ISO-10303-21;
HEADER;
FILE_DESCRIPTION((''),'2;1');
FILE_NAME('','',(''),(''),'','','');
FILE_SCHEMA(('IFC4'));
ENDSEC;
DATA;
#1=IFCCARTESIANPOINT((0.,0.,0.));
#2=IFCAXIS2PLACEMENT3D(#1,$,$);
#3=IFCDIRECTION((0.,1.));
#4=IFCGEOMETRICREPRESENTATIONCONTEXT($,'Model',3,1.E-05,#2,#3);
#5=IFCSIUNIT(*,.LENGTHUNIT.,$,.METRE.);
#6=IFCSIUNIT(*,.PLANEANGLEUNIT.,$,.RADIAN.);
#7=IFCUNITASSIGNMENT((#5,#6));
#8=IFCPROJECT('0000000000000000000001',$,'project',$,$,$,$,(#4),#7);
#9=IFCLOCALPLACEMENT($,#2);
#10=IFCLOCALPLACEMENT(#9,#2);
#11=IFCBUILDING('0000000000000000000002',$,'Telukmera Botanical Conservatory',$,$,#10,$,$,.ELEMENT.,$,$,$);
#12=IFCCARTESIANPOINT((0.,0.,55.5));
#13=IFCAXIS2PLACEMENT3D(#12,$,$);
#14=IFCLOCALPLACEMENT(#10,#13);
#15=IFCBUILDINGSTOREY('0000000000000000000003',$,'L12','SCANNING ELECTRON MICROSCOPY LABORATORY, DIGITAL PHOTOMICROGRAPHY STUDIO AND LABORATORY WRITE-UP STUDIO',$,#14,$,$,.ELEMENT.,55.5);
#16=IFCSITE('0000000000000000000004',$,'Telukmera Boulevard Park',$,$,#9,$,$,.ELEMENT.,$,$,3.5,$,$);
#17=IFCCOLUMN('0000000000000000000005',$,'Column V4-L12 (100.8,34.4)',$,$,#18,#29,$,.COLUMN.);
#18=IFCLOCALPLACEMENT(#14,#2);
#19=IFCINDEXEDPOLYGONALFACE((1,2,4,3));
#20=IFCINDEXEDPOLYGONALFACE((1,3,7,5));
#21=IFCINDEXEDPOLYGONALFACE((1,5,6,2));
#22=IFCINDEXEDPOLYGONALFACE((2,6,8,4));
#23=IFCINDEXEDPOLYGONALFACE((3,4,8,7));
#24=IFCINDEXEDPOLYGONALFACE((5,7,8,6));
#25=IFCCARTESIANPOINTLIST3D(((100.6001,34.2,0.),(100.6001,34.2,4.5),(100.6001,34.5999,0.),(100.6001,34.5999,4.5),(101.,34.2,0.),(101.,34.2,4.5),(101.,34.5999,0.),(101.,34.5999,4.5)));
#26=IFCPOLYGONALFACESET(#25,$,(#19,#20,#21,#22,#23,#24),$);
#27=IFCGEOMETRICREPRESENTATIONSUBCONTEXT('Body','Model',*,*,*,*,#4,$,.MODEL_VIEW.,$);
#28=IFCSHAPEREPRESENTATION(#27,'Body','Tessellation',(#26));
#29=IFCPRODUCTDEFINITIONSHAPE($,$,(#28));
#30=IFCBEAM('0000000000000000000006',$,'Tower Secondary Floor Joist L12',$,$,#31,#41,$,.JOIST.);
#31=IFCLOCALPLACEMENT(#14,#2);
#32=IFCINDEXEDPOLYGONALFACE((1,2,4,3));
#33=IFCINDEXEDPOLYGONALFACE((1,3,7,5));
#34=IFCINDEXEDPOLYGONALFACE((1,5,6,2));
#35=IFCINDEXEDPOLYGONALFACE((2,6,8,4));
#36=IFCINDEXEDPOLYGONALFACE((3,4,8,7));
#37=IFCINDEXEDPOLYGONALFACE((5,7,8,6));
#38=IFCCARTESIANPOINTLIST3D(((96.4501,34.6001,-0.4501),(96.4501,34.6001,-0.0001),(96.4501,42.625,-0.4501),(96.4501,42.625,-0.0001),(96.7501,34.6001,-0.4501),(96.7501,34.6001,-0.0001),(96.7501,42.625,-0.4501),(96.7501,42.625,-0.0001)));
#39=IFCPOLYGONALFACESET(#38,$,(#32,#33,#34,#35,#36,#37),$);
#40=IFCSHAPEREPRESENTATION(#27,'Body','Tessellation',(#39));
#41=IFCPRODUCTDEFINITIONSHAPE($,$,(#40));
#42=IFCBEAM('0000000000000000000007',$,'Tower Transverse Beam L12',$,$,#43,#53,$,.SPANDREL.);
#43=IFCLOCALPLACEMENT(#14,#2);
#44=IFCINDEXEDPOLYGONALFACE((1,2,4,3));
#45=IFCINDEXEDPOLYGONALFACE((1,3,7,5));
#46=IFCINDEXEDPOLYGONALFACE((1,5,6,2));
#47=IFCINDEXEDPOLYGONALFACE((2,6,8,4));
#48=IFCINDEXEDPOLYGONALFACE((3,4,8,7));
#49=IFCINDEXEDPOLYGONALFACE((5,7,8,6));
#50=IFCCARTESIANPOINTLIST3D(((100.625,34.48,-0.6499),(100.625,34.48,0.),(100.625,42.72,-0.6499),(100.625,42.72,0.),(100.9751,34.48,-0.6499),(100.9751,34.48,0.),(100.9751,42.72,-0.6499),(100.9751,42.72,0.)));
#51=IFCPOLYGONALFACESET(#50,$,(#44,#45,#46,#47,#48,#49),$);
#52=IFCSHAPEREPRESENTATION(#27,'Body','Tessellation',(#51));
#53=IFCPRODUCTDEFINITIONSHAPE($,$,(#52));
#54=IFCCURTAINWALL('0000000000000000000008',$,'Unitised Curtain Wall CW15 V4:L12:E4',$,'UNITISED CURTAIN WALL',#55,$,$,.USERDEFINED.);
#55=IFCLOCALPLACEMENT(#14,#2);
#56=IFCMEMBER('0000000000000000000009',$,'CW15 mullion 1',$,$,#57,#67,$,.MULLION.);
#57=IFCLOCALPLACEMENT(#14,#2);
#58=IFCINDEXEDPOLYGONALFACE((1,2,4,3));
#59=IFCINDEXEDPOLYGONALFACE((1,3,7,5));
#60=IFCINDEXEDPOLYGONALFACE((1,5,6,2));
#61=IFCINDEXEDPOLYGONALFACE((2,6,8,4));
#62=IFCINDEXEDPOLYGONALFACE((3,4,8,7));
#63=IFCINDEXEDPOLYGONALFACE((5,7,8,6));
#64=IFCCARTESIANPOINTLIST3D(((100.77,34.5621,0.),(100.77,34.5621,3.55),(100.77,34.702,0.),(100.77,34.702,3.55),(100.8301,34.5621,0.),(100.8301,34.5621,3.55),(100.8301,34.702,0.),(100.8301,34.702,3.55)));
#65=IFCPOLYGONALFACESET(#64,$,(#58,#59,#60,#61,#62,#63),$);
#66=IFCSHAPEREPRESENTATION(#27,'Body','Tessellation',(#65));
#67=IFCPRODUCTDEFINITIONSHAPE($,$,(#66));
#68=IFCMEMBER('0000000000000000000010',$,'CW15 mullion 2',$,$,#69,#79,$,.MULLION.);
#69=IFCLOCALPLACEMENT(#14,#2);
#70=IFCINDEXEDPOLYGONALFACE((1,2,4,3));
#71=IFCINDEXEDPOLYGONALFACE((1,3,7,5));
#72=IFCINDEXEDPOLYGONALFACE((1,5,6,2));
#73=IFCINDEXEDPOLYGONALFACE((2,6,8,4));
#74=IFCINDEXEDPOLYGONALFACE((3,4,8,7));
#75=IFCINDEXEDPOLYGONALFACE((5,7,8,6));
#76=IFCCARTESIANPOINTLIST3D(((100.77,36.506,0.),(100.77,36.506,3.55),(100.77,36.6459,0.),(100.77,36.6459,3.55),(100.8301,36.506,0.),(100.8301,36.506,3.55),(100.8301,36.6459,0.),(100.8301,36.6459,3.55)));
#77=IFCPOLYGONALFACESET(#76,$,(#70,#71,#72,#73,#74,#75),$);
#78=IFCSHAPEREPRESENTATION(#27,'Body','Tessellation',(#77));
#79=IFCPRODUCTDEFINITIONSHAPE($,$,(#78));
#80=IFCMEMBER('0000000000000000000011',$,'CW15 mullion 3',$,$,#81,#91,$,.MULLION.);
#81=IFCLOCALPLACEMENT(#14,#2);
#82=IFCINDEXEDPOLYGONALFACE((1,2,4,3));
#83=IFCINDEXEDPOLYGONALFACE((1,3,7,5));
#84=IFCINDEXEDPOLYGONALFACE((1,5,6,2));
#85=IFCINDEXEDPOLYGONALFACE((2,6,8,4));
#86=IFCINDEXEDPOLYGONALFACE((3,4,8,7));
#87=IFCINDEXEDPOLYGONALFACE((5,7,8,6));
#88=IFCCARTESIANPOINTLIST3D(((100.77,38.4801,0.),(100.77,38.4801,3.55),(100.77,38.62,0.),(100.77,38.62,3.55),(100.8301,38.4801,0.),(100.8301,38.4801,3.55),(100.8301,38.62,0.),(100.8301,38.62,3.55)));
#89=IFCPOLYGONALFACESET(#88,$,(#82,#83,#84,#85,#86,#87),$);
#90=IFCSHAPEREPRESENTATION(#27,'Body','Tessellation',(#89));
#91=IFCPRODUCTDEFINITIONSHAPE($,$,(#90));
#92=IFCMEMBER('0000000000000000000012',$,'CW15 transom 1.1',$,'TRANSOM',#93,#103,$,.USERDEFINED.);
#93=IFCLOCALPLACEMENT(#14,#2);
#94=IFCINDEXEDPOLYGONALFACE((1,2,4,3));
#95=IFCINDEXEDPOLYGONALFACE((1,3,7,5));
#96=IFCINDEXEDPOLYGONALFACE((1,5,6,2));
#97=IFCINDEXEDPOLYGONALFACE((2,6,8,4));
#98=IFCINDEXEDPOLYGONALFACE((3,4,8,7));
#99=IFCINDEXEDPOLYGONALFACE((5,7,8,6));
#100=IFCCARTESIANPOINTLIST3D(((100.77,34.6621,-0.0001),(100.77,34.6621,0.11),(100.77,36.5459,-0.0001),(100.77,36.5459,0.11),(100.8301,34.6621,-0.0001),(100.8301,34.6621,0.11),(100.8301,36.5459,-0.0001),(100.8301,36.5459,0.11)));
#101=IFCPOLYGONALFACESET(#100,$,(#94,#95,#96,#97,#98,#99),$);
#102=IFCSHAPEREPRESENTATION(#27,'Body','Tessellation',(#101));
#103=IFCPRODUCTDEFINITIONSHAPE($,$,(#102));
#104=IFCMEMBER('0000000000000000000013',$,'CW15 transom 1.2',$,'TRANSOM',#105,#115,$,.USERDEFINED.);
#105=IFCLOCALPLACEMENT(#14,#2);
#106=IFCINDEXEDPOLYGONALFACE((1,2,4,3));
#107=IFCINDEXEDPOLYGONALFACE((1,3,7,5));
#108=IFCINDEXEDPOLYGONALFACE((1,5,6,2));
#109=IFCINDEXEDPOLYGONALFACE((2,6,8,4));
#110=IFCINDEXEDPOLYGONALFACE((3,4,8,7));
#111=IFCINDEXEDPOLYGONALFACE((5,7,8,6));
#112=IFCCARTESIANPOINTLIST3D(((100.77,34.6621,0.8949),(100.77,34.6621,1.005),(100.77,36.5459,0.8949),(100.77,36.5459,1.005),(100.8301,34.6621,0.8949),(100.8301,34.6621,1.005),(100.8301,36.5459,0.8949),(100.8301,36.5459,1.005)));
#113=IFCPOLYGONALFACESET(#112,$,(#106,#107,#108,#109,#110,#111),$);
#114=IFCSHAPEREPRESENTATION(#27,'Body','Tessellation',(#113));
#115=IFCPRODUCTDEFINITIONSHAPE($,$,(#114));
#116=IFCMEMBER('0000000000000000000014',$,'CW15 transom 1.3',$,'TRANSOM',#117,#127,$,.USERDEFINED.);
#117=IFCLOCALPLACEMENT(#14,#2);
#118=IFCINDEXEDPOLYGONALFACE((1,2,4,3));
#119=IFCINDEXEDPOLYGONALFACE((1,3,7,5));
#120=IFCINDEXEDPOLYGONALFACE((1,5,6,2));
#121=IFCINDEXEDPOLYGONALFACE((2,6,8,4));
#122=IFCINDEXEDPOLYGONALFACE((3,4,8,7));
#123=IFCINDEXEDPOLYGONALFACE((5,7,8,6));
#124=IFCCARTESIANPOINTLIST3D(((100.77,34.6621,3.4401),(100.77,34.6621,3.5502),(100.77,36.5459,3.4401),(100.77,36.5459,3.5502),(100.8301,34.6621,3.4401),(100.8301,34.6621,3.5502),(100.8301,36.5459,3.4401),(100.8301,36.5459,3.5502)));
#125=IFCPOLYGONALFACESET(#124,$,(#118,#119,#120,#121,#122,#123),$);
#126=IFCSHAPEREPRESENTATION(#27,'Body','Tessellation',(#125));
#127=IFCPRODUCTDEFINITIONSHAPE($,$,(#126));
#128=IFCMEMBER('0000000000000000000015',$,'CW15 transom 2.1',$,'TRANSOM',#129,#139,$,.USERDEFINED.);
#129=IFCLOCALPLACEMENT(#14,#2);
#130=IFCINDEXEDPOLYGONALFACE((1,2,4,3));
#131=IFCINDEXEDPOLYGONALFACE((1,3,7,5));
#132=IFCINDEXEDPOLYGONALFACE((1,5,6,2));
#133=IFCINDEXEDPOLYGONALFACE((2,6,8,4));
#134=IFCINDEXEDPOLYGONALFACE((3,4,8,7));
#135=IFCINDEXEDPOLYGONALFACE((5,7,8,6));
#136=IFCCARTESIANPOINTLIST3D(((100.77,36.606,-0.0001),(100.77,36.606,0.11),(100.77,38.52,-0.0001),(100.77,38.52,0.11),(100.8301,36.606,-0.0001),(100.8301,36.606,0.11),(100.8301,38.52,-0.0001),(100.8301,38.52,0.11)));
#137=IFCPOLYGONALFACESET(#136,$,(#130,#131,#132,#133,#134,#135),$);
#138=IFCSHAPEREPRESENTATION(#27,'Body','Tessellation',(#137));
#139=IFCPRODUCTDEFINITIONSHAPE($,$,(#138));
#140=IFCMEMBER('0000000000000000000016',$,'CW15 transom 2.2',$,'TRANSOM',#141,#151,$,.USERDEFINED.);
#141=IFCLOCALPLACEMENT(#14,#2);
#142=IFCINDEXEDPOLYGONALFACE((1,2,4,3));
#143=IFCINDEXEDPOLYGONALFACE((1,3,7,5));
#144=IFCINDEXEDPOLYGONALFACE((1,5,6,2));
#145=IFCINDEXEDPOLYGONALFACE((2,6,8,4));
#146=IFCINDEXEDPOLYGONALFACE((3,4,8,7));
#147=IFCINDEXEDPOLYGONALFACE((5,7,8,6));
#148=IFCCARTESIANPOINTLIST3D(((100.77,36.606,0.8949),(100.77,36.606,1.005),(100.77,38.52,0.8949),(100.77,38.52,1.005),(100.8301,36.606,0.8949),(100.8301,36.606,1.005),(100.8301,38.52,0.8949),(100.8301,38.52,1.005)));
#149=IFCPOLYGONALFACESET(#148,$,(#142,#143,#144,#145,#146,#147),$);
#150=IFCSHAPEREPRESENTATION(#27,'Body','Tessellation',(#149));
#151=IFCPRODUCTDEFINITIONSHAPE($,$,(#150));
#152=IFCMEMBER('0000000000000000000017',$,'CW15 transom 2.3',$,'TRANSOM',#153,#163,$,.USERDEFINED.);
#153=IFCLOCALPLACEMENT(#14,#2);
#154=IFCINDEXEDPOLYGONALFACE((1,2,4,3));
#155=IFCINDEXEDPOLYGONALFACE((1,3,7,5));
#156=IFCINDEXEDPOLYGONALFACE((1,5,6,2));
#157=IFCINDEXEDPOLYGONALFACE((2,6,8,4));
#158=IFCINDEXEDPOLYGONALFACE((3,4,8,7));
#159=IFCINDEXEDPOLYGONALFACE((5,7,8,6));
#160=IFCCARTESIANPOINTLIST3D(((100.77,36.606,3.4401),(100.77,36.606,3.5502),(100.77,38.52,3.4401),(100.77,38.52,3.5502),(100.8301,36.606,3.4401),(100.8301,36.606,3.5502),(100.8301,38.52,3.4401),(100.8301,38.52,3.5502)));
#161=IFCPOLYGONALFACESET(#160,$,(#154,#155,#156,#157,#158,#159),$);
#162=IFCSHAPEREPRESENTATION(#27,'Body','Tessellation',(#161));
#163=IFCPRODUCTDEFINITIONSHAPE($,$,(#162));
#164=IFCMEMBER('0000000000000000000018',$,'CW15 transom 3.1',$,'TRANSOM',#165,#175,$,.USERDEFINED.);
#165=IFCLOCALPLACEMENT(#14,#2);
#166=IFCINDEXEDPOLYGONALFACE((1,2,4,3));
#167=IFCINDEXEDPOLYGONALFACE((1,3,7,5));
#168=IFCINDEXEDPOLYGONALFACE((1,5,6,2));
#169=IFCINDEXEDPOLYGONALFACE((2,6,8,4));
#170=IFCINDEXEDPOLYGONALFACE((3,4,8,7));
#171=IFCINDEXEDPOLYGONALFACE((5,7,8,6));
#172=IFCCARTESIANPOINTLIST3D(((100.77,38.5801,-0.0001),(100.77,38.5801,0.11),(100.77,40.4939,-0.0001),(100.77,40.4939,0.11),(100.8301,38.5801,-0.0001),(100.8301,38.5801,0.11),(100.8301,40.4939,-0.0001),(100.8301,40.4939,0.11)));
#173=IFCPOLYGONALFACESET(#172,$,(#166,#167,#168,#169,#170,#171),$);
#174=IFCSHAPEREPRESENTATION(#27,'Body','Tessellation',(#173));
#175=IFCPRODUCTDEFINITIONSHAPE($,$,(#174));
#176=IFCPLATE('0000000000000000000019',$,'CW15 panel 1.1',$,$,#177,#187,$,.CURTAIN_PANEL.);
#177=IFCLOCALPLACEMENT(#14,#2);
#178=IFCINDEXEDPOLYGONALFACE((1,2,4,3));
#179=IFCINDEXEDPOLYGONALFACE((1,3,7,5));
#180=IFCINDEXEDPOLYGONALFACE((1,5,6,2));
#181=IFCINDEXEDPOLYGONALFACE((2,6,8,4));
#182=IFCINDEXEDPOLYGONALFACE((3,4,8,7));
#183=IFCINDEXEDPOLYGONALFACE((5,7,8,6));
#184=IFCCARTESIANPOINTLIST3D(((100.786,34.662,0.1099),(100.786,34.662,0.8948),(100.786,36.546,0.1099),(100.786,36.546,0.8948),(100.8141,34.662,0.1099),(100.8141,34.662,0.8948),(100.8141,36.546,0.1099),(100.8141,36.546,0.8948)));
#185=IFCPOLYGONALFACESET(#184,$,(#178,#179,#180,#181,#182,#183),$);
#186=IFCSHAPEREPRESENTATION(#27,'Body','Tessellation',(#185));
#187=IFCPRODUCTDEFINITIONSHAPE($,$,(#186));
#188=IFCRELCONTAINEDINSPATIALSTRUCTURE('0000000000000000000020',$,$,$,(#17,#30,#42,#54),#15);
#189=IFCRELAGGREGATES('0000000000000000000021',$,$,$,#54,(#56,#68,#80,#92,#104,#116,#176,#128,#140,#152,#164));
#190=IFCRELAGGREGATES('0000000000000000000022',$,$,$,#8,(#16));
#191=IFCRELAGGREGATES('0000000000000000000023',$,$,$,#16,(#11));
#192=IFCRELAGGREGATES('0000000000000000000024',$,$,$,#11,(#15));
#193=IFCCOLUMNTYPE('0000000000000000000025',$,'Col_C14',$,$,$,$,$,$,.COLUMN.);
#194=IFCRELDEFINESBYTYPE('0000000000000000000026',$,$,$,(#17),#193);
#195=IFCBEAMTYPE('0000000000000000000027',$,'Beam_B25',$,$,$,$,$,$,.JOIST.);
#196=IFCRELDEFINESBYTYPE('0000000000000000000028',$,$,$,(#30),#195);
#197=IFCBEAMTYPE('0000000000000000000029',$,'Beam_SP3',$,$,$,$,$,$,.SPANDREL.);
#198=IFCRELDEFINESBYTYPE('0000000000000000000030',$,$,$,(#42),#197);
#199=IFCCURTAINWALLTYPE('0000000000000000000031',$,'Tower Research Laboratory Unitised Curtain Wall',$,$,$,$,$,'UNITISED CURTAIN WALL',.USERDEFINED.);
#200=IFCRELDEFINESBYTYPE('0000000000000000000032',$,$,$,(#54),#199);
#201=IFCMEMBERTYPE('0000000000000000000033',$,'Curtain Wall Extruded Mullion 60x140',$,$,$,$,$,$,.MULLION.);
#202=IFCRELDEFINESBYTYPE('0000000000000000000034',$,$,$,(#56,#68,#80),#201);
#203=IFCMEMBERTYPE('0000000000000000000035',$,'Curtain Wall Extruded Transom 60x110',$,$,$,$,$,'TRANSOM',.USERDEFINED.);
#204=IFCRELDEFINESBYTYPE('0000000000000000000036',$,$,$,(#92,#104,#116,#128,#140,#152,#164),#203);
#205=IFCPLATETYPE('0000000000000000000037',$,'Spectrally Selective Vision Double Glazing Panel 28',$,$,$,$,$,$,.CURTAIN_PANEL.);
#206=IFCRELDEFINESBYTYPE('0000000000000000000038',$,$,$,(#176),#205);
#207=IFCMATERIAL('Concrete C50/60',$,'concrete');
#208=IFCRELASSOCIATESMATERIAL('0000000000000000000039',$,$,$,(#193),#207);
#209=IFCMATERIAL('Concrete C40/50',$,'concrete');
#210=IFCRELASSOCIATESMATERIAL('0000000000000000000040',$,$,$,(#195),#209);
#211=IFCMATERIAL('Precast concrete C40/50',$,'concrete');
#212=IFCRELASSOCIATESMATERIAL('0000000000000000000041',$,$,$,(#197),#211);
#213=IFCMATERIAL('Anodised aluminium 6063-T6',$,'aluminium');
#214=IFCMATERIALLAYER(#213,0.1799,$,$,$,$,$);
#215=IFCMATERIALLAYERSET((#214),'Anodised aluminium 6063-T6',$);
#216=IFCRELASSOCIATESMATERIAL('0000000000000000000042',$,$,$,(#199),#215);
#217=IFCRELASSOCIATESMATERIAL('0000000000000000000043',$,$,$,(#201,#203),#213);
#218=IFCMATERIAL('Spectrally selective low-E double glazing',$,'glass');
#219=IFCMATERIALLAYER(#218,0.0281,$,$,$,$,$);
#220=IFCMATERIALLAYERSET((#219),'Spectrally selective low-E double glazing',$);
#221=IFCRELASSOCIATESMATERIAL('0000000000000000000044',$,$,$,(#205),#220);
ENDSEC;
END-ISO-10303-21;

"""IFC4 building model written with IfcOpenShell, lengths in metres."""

from ifc_helpers import new_model, si_unit, direction, frame, origin, origin_2d, place, context, subcontext, project, spatial, rectangle, extrude, material, layer, layer_set, material_profile, profile_set, type_object, element, aggregate, save


model = new_model("IFC4")

# Units and contexts
model_context = context("Model", 3, precision=1e-05, world=origin(), true_north=direction((0.0, 1.0)))
body_context = subcontext(model_context, "Body", "Model", "MODEL_VIEW")
ifc_project = project(units=[si_unit("LENGTHUNIT", "METRE"), si_unit("PLANEANGLEUNIT", "RADIAN")], contexts=[model_context])

# Site, building, storey
site_placement = place(None, origin())
site = spatial("IfcSite", under=ifc_project, at=site_placement, Name="Telukmera Boulevard Park", CompositionType="ELEMENT", RefElevation=3.5)
building_placement = place(site_placement, origin())
building = spatial("IfcBuilding", under=site, at=building_placement, Name="Telukmera Botanical Conservatory", CompositionType="ELEMENT")
storey_placement = place(building_placement, frame((0.0, 0.0, 55.5)))
storey = spatial("IfcBuildingStorey", under=building, at=storey_placement, Name="L12", Description="SCANNING ELECTRON MICROSCOPY LABORATORY, DIGITAL PHOTOMICROGRAPHY STUDIO AND LABORATORY WRITE-UP STUDIO", CompositionType="ELEMENT", Elevation=55.5)

# Column
ifc_material_1 = material(Name="Concrete C50/60", Category="concrete")
ifc_material_profile_1 = material_profile(ifc_material_1, rectangle(XDim=0.3999, YDim=0.3999, at=origin_2d()), Name="RC 400x400")
ifc_profile_set_1 = profile_set([ifc_material_profile_1], Name="Concrete C50/60")
column_type = type_object("IfcColumnType", Name="Col_C14", PredefinedType="COLUMN", material=ifc_profile_set_1)
column_placement = place(storey_placement, frame((100.8, 34.3999, 0.0), z_axis=(0.0, 0.0, 1.0), x_axis=(1.0, 0.0, 0.0)))
element("IfcColumn", 1, at=column_placement, inside=storey, type_object=column_type, Name="Column V4-L12 (100.8,34.4)", PredefinedType="COLUMN", context=body_context, shape_type="SweptSolid", body=[
    extrude(rectangle(XDim=0.3999, YDim=0.3999, at=origin_2d()), origin(), (0.0, 0.0, 1.0), 4.5),
])

# Beams
ifc_material_2 = material(Name="Concrete C40/50", Category="concrete")
ifc_material_profile_2 = material_profile(ifc_material_2, rectangle(XDim=0.3, YDim=0.45, at=origin_2d()), Name="RC 300x450")
ifc_profile_set_2 = profile_set([ifc_material_profile_2], Name="Concrete C40/50")
beam_type_1 = type_object("IfcBeamType", Name="Beam_B25", PredefinedType="JOIST", material=ifc_profile_set_2)
beam_1_placement = place(storey_placement, frame((96.6001, 34.6001, -0.2251), z_axis=(0.0, 1.0, 0.0), x_axis=(-1.0, 0.0, 0.0)))
element("IfcBeam", 2, at=beam_1_placement, inside=storey, type_object=beam_type_1, Name="Tower Secondary Floor Joist L12", PredefinedType="JOIST", context=body_context, shape_type="SweptSolid", body=[
    extrude(rectangle(XDim=0.3, YDim=0.45, at=origin_2d()), origin(), (0.0, 0.0, 1.0), 8.0249),
])
ifc_material_3 = material(Name="Precast concrete C40/50", Category="concrete")
ifc_material_profile_3 = material_profile(ifc_material_3, rectangle(XDim=0.3501, YDim=0.6499, at=origin_2d()), Name="PC 350x650")
ifc_profile_set_3 = profile_set([ifc_material_profile_3], Name="Precast concrete C40/50")
beam_type_2 = type_object("IfcBeamType", Name="Beam_SP3", PredefinedType="SPANDREL", material=ifc_profile_set_3)
beam_2_placement = place(storey_placement, frame((100.8, 34.48, -0.325), z_axis=(0.0, 1.0, 0.0), x_axis=(-1.0, 0.0, 0.0)))
element("IfcBeam", 3, at=beam_2_placement, inside=storey, type_object=beam_type_2, Name="Tower Transverse Beam L12", PredefinedType="SPANDREL", context=body_context, shape_type="SweptSolid", body=[
    extrude(rectangle(XDim=0.3501, YDim=0.6499, at=origin_2d()), origin(), (0.0, 0.0, 1.0), 8.24),
])

# Curtain wall, members, plate
ifc_material_4 = material(Name="Anodised aluminium 6063-T6", Category="aluminium")
ifc_layer_1 = layer(ifc_material_4, 0.1799)
ifc_layer_set_1 = layer_set([ifc_layer_1], Name="Anodised aluminium 6063-T6")
curtain_wall_type = type_object("IfcCurtainWallType", Name="Tower Research Laboratory Unitised Curtain Wall", ElementType="UNITISED CURTAIN WALL", PredefinedType="USERDEFINED", material=ifc_layer_set_1)
curtain_wall_placement = place(storey_placement, origin())
curtain_wall = element("IfcCurtainWall", 4, at=curtain_wall_placement, inside=storey, type_object=curtain_wall_type, Name="Unitised Curtain Wall CW15 V4:L12:E4", ObjectType="UNITISED CURTAIN WALL", PredefinedType="USERDEFINED")
ifc_material_profile_4 = material_profile(ifc_material_4, rectangle(XDim=0.0601, YDim=0.1399, at=origin_2d()), Name="ALU MULL 60x140")
ifc_profile_set_4 = profile_set([ifc_material_profile_4], Name="Anodised aluminium 6063-T6")
member_type_1 = type_object("IfcMemberType", Name="Curtain Wall Extruded Mullion 60x140", PredefinedType="MULLION", material=ifc_profile_set_4)
member_1_placement = place(storey_placement, frame((100.8, 34.6321, 0.0), z_axis=(0.0, 0.0, 1.0), x_axis=(-1.0, 0.0, 0.0)))
member_1 = element("IfcMember", 5, at=member_1_placement, type_object=member_type_1, Name="CW15 mullion 1", PredefinedType="MULLION", context=body_context, shape_type="SweptSolid", body=[
    extrude(rectangle(XDim=0.0601, YDim=0.1399, at=origin_2d()), origin(), (0.0, 0.0, 1.0), 3.55),
])
member_2_placement = place(storey_placement, frame((100.8, 36.5759, 0.0), z_axis=(0.0, 0.0, 1.0), x_axis=(-1.0, 0.0, 0.0)))
member_2 = element("IfcMember", 6, at=member_2_placement, type_object=member_type_1, Name="CW15 mullion 2", PredefinedType="MULLION", context=body_context, shape_type="SweptSolid", body=[
    extrude(rectangle(XDim=0.0601, YDim=0.1399, at=origin_2d()), origin(), (0.0, 0.0, 1.0), 3.55),
])
member_3_placement = place(storey_placement, frame((100.8, 38.55, 0.0), z_axis=(0.0, 0.0, 1.0), x_axis=(-1.0, 0.0, 0.0)))
member_3 = element("IfcMember", 7, at=member_3_placement, type_object=member_type_1, Name="CW15 mullion 3", PredefinedType="MULLION", context=body_context, shape_type="SweptSolid", body=[
    extrude(rectangle(XDim=0.0601, YDim=0.1399, at=origin_2d()), origin(), (0.0, 0.0, 1.0), 3.55),
])
ifc_material_profile_5 = material_profile(ifc_material_4, rectangle(XDim=0.0601, YDim=0.1101, at=origin_2d()), Name="ALU TRAN 60x110")
ifc_profile_set_5 = profile_set([ifc_material_profile_5], Name="Anodised aluminium 6063-T6")
member_type_2 = type_object("IfcMemberType", Name="Curtain Wall Extruded Transom 60x110", ElementType="TRANSOM", PredefinedType="USERDEFINED", material=ifc_profile_set_5)
member_4_placement = place(storey_placement, frame((100.8, 34.6621, 0.0549), z_axis=(0.0, 1.0, 0.0), x_axis=(-1.0, 0.0, 0.0)))
member_4 = element("IfcMember", 8, at=member_4_placement, type_object=member_type_2, Name="CW15 transom 1.1", ObjectType="TRANSOM", PredefinedType="USERDEFINED", context=body_context, shape_type="SweptSolid", body=[
    extrude(rectangle(XDim=0.0601, YDim=0.1101, at=origin_2d()), origin(), (0.0, 0.0, 1.0), 1.8838),
])
member_5_placement = place(storey_placement, frame((100.8, 34.6621, 0.95), z_axis=(0.0, 1.0, 0.0), x_axis=(-1.0, 0.0, 0.0)))
member_5 = element("IfcMember", 9, at=member_5_placement, type_object=member_type_2, Name="CW15 transom 1.2", ObjectType="TRANSOM", PredefinedType="USERDEFINED", context=body_context, shape_type="SweptSolid", body=[
    extrude(rectangle(XDim=0.0601, YDim=0.1101, at=origin_2d()), origin(), (0.0, 0.0, 1.0), 1.8838),
])
member_6_placement = place(storey_placement, frame((100.8, 34.6621, 3.4951), z_axis=(0.0, 1.0, 0.0), x_axis=(-1.0, 0.0, 0.0)))
member_6 = element("IfcMember", 10, at=member_6_placement, type_object=member_type_2, Name="CW15 transom 1.3", ObjectType="TRANSOM", PredefinedType="USERDEFINED", context=body_context, shape_type="SweptSolid", body=[
    extrude(rectangle(XDim=0.0601, YDim=0.1101, at=origin_2d()), origin(), (0.0, 0.0, 1.0), 1.8838),
])
member_7_placement = place(storey_placement, frame((100.8, 36.606, 0.0549), z_axis=(0.0, 1.0, 0.0), x_axis=(-1.0, 0.0, 0.0)))
member_7 = element("IfcMember", 11, at=member_7_placement, type_object=member_type_2, Name="CW15 transom 2.1", ObjectType="TRANSOM", PredefinedType="USERDEFINED", context=body_context, shape_type="SweptSolid", body=[
    extrude(rectangle(XDim=0.0601, YDim=0.1101, at=origin_2d()), origin(), (0.0, 0.0, 1.0), 1.9141),
])
member_8_placement = place(storey_placement, frame((100.8, 36.606, 0.95), z_axis=(0.0, 1.0, 0.0), x_axis=(-1.0, 0.0, 0.0)))
member_8 = element("IfcMember", 12, at=member_8_placement, type_object=member_type_2, Name="CW15 transom 2.2", ObjectType="TRANSOM", PredefinedType="USERDEFINED", context=body_context, shape_type="SweptSolid", body=[
    extrude(rectangle(XDim=0.0601, YDim=0.1101, at=origin_2d()), origin(), (0.0, 0.0, 1.0), 1.9141),
])
member_9_placement = place(storey_placement, frame((100.8, 36.606, 3.4951), z_axis=(0.0, 1.0, 0.0), x_axis=(-1.0, 0.0, 0.0)))
member_9 = element("IfcMember", 13, at=member_9_placement, type_object=member_type_2, Name="CW15 transom 2.3", ObjectType="TRANSOM", PredefinedType="USERDEFINED", context=body_context, shape_type="SweptSolid", body=[
    extrude(rectangle(XDim=0.0601, YDim=0.1101, at=origin_2d()), origin(), (0.0, 0.0, 1.0), 1.9141),
])
member_10_placement = place(storey_placement, frame((100.8, 38.5801, 0.0549), z_axis=(0.0, 1.0, 0.0), x_axis=(-1.0, 0.0, 0.0)))
member_10 = element("IfcMember", 14, at=member_10_placement, type_object=member_type_2, Name="CW15 transom 3.1", ObjectType="TRANSOM", PredefinedType="USERDEFINED", context=body_context, shape_type="SweptSolid", body=[
    extrude(rectangle(XDim=0.0601, YDim=0.1101, at=origin_2d()), origin(), (0.0, 0.0, 1.0), 1.9138),
])
ifc_material_5 = material(Name="Spectrally selective low-E double glazing", Category="glass")
ifc_layer_2 = layer(ifc_material_5, 0.0281)
ifc_layer_set_2 = layer_set([ifc_layer_2], Name="Spectrally selective low-E double glazing")
plate_type = type_object("IfcPlateType", Name="Spectrally Selective Vision Double Glazing Panel 28", PredefinedType="CURTAIN_PANEL", material=ifc_layer_set_2)
plate_1_placement = place(storey_placement, frame((100.8, 35.604, 0.1099), z_axis=(0.0, 0.0, 1.0), x_axis=(0.0, 1.0, 0.0)))
plate_1 = element("IfcPlate", 15, at=plate_1_placement, type_object=plate_type, Name="CW15 panel 1.1", PredefinedType="CURTAIN_PANEL", context=body_context, shape_type="SweptSolid", body=[
    extrude(rectangle(XDim=1.884, YDim=0.0281, at=origin_2d()), origin(), (0.0, 0.0, 1.0), 0.7849),
])
aggregate(curtain_wall, [member_1, member_2, member_3, member_4, member_5, member_6, plate_1, member_7, member_8, member_9, member_10])

save(model, "model.ifc")
